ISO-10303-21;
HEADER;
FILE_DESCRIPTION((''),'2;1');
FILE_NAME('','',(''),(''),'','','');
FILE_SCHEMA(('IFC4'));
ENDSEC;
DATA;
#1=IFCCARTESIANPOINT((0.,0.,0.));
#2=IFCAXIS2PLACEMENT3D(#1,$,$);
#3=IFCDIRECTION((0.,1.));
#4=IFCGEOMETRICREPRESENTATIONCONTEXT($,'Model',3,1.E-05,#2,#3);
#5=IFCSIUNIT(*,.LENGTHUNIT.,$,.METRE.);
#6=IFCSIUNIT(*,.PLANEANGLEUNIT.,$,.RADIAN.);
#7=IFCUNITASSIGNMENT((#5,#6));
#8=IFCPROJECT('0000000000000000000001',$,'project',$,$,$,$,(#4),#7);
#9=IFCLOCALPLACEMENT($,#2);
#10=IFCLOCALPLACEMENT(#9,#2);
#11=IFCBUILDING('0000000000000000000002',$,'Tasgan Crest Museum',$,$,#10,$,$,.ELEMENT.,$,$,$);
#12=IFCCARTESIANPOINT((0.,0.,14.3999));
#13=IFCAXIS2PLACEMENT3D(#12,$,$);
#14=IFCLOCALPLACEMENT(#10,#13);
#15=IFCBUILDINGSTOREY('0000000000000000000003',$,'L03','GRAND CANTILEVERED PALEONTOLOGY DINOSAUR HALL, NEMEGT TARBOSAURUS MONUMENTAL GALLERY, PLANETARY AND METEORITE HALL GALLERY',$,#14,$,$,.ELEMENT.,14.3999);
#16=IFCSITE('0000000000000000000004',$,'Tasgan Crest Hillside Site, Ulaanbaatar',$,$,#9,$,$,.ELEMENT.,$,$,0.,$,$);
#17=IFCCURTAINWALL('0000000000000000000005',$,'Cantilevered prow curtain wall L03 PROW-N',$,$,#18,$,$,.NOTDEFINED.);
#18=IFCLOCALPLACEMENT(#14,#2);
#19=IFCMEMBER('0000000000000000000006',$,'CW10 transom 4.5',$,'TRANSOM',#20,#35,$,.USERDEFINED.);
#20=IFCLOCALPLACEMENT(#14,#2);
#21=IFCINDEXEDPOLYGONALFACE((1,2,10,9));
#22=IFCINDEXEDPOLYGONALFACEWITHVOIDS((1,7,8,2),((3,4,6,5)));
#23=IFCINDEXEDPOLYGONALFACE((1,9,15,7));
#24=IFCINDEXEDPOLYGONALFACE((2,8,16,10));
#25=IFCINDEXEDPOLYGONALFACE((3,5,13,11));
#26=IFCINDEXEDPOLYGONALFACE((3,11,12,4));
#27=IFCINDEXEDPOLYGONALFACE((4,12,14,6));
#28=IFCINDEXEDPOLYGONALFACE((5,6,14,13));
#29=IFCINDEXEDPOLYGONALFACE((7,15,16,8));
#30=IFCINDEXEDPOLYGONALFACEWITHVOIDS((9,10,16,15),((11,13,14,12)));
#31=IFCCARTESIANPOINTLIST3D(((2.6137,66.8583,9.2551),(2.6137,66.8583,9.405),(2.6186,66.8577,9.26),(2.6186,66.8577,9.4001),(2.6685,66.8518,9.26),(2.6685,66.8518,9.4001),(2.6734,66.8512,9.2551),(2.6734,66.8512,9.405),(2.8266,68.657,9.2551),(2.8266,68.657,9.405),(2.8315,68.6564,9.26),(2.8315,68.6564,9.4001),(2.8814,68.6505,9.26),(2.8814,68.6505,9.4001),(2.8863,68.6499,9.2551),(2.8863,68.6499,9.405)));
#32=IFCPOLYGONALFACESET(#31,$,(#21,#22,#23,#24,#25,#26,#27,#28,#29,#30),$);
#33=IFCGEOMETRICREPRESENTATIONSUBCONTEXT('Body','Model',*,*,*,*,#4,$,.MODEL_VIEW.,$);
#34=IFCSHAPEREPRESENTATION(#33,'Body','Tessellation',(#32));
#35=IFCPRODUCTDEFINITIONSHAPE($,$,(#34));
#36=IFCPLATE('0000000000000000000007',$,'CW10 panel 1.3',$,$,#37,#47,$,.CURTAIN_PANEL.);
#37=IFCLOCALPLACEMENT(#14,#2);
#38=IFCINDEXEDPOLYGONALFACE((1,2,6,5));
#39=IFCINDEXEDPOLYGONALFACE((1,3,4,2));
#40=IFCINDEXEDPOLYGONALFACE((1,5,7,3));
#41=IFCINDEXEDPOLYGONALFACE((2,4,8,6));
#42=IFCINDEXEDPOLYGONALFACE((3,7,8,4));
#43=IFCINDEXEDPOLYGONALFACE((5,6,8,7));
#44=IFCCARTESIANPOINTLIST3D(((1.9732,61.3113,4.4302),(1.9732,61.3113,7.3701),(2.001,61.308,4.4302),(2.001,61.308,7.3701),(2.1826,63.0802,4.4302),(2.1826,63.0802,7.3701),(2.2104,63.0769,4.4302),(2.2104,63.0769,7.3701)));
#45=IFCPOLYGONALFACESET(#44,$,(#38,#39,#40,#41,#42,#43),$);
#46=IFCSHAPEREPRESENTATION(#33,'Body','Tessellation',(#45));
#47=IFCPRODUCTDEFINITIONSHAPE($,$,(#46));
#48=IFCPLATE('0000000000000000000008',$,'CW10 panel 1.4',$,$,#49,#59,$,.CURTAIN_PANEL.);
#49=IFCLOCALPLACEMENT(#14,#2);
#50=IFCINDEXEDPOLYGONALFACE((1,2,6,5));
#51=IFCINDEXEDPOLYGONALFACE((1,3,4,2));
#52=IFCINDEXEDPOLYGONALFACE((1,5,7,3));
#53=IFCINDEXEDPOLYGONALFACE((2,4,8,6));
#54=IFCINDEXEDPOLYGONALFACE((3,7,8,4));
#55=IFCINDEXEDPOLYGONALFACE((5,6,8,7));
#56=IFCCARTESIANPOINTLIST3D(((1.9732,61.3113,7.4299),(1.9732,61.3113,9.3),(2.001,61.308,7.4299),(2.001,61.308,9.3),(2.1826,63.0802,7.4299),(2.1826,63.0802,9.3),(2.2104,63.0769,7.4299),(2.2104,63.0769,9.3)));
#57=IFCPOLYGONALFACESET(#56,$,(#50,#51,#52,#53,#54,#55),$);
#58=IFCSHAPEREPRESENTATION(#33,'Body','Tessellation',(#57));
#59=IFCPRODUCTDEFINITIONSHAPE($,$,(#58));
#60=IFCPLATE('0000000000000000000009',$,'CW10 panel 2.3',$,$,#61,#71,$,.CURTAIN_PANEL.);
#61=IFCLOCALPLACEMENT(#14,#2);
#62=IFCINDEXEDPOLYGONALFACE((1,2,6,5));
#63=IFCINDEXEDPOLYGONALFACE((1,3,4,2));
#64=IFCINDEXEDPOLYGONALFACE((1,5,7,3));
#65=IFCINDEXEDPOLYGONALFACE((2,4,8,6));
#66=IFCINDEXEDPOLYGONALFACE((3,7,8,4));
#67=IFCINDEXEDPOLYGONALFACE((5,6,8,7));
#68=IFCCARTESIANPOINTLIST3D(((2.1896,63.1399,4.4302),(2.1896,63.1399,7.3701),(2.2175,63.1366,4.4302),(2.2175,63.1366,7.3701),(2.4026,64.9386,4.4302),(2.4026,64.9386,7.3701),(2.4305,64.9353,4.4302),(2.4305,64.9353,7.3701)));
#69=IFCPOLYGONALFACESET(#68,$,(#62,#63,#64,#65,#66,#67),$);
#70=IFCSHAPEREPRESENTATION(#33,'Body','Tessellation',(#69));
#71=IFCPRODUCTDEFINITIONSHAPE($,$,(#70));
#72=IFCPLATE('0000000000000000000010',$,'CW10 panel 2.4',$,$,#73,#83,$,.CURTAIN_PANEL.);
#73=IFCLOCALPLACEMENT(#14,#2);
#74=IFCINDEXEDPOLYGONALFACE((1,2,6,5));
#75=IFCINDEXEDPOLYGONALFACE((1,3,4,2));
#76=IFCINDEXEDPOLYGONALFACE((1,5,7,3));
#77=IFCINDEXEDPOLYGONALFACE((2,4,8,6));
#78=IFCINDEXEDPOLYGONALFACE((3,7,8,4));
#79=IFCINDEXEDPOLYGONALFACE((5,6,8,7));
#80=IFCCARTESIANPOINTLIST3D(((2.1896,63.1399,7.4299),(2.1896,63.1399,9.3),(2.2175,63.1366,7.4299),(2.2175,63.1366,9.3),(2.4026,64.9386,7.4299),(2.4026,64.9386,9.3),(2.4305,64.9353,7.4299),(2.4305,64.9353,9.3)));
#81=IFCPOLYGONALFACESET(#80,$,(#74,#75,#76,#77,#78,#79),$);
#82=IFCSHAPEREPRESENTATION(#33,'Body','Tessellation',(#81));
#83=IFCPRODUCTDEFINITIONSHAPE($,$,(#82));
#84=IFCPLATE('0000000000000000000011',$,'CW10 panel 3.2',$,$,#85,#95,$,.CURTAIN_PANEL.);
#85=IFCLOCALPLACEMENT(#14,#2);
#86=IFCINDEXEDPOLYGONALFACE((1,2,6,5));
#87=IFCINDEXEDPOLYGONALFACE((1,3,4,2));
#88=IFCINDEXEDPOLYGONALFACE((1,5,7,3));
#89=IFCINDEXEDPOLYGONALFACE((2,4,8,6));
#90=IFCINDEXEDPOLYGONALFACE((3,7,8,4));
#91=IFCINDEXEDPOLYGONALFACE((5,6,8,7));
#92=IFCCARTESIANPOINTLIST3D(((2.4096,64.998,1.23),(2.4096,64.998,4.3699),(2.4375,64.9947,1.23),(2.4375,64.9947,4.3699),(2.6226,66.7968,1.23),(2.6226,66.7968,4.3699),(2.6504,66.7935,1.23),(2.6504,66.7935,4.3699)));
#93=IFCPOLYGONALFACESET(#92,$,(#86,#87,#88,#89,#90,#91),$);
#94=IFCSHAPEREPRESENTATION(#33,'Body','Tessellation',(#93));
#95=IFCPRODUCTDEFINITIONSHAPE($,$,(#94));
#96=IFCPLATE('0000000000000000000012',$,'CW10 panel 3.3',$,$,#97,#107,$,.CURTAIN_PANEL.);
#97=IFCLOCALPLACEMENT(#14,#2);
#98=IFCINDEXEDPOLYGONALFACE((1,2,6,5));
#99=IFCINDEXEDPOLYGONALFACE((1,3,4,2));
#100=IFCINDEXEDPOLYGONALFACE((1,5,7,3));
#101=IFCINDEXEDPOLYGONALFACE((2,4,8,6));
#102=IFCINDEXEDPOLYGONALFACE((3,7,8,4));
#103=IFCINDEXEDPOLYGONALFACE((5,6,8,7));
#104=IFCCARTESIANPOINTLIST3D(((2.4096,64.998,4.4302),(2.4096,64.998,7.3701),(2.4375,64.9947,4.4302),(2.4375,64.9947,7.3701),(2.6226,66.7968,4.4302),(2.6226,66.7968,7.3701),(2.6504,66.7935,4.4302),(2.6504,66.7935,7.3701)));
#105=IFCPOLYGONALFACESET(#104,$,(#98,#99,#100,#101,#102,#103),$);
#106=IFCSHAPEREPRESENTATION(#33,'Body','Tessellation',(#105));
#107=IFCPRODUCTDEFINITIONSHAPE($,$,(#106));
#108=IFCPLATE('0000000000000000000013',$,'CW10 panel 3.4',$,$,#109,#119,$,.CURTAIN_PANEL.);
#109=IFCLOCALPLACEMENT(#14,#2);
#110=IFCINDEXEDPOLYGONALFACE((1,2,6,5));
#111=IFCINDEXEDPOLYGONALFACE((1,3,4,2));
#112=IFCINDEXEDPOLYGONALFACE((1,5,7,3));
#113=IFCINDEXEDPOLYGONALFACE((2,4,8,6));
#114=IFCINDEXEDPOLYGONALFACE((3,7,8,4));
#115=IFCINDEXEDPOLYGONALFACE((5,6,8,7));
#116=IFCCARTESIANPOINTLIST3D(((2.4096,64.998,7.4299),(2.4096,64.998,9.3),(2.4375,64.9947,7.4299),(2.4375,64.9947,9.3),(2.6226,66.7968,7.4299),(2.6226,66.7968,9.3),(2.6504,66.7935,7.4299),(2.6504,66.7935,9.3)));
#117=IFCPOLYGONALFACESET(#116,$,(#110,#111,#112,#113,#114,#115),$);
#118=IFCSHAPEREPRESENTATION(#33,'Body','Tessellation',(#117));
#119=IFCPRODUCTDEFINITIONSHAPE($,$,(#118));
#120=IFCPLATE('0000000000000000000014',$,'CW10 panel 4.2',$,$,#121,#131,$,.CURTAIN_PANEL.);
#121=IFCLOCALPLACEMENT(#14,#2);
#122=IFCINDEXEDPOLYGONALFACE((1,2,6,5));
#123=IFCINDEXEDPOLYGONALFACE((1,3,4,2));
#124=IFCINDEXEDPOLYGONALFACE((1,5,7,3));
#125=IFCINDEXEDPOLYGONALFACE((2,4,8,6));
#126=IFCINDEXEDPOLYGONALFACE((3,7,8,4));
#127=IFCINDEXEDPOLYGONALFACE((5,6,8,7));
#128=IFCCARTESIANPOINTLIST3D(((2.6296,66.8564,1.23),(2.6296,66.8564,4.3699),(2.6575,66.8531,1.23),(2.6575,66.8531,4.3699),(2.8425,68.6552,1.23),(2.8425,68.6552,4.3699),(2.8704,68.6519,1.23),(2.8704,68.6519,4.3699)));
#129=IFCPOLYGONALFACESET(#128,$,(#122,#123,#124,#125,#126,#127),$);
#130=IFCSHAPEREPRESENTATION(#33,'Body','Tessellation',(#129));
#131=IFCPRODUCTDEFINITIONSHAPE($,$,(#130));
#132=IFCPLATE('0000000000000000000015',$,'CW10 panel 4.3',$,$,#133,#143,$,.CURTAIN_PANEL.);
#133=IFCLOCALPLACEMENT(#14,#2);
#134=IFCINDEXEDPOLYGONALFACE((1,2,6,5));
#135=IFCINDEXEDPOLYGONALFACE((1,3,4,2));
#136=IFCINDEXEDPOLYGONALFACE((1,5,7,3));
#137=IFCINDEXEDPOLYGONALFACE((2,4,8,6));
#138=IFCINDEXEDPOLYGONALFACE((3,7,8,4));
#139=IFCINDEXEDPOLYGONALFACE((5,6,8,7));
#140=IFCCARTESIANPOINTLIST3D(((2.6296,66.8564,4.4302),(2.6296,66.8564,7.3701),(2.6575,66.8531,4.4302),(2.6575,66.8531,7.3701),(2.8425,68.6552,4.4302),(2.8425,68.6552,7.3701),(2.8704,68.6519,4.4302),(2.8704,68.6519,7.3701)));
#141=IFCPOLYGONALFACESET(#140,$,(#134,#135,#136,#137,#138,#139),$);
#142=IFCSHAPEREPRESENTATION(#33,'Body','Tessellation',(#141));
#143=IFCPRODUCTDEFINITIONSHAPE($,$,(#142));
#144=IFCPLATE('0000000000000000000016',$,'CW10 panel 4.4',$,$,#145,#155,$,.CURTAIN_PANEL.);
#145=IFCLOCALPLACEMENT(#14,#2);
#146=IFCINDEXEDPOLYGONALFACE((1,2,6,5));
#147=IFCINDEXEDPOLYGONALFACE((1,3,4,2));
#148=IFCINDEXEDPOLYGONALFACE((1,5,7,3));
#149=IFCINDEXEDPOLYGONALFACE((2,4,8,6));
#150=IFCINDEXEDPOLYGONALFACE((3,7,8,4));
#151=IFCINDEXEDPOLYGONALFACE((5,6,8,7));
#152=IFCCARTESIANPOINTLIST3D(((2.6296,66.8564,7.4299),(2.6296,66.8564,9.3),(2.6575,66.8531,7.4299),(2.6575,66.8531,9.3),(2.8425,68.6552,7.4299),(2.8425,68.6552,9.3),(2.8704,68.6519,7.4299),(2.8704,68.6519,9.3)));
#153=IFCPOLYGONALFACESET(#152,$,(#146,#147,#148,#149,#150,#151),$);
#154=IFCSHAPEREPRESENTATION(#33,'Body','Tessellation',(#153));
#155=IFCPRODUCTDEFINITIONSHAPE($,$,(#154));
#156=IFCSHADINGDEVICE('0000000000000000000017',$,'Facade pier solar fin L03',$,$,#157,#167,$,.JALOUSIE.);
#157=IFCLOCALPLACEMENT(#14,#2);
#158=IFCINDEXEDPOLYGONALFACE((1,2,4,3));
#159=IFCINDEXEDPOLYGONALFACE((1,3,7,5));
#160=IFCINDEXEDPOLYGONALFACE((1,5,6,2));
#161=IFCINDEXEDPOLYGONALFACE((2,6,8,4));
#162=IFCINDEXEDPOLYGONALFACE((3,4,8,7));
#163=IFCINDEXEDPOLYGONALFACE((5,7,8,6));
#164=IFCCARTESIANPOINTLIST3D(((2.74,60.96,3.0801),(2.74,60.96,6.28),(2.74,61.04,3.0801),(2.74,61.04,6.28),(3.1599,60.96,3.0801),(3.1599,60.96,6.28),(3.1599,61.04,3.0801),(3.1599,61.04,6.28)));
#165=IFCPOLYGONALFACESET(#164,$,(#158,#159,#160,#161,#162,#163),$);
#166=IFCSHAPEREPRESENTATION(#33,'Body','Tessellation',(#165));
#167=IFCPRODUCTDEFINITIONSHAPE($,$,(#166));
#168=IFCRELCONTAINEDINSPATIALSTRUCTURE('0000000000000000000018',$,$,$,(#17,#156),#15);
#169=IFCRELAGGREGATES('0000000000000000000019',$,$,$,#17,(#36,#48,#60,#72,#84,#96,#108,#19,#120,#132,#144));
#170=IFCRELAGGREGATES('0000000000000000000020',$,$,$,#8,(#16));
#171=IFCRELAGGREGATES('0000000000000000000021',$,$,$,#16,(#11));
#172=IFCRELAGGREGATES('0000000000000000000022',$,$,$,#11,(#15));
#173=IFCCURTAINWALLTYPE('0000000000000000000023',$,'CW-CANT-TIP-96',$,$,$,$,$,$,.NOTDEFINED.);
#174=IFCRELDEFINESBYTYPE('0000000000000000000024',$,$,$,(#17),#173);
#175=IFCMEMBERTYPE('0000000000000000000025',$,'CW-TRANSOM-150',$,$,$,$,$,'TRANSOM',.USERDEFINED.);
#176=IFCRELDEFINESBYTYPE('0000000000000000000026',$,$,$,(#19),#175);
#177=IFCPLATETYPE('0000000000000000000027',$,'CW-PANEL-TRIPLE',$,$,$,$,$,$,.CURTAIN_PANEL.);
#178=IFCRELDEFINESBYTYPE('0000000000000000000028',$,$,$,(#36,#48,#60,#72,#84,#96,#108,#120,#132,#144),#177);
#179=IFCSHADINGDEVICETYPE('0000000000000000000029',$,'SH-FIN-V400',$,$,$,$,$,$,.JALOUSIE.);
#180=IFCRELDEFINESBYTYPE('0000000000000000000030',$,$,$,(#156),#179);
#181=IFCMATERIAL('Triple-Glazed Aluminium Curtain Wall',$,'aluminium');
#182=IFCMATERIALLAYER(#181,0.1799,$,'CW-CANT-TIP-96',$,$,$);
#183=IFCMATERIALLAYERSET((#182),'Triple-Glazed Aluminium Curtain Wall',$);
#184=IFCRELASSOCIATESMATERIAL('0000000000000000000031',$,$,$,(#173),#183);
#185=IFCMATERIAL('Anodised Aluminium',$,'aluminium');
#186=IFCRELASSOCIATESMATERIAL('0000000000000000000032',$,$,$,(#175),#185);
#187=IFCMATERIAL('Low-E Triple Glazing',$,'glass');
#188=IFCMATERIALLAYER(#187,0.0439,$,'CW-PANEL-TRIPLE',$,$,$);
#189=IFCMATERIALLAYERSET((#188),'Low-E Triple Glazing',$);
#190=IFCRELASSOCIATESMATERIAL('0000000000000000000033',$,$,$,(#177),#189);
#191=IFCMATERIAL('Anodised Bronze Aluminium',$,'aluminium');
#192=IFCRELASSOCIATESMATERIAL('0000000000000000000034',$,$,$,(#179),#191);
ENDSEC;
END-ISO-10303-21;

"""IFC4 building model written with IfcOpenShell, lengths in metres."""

from ifc_helpers import new_model, si_unit, direction, frame, origin, origin_2d, place, context, subcontext, project, spatial, rectangle, hollow_rectangle, extrude, material, layer, layer_set, material_profile, profile_set, type_object, element, aggregate, save


model = new_model("IFC4")

# Units and contexts
model_context = context("Model", 3, precision=1e-05, world=origin(), true_north=direction((0.0, 1.0)))
body_context = subcontext(model_context, "Body", "Model", "MODEL_VIEW")
ifc_project = project(units=[si_unit("LENGTHUNIT", "METRE"), si_unit("PLANEANGLEUNIT", "RADIAN")], contexts=[model_context])

# Site, building, storey
site_placement = place(None, origin())
site = spatial("IfcSite", under=ifc_project, at=site_placement, Name="Tasgan Crest Hillside Site, Ulaanbaatar", CompositionType="ELEMENT", RefElevation=0.0)
building_placement = place(site_placement, origin())
building = spatial("IfcBuilding", under=site, at=building_placement, Name="Tasgan Crest Museum", CompositionType="ELEMENT")
storey_placement = place(building_placement, frame((0.0, 0.0, 14.3999)))
storey = spatial("IfcBuildingStorey", under=building, at=storey_placement, Name="L03", Description="GRAND CANTILEVERED PALEONTOLOGY DINOSAUR HALL, NEMEGT TARBOSAURUS MONUMENTAL GALLERY, PLANETARY AND METEORITE HALL GALLERY", CompositionType="ELEMENT", Elevation=14.3999)

# Curtain wall, member, plates
ifc_material_1 = material(Name="Triple-Glazed Aluminium Curtain Wall", Category="aluminium")
ifc_layer_1 = layer(ifc_material_1, 0.1799, Name="CW-CANT-TIP-96")
ifc_layer_set_1 = layer_set([ifc_layer_1], Name="Triple-Glazed Aluminium Curtain Wall")
curtain_wall_type = type_object("IfcCurtainWallType", Name="CW-CANT-TIP-96", PredefinedType="NOTDEFINED", material=ifc_layer_set_1)
curtain_wall_placement = place(storey_placement, origin())
curtain_wall = element("IfcCurtainWall", 1, at=curtain_wall_placement, inside=storey, type_object=curtain_wall_type, Name="Cantilevered prow curtain wall L03 PROW-N", PredefinedType="NOTDEFINED")
ifc_material_2 = material(Name="Anodised Aluminium", Category="aluminium")
ifc_material_profile = material_profile(ifc_material_2, hollow_rectangle(XDim=0.0601, YDim=0.1499, WallThickness=0.0049, at=origin_2d()), Name="ALU TRANSOM 150x60x5")
ifc_profile_set = profile_set([ifc_material_profile], Name="Anodised Aluminium")
member_type = type_object("IfcMemberType", Name="CW-TRANSOM-150", ElementType="TRANSOM", PredefinedType="USERDEFINED", material=ifc_profile_set)
member_1_placement = place(storey_placement, frame((2.6436, 66.8547, 9.3301), z_axis=(0.117529, 0.993069, 0.0), x_axis=(-0.993069, 0.117529, 0.0)))
member_1 = element("IfcMember", 2, at=member_1_placement, type_object=member_type, Name="CW10 transom 4.5", ObjectType="TRANSOM", PredefinedType="USERDEFINED", context=body_context, shape_type="SweptSolid", body=[
    extrude(hollow_rectangle(XDim=0.0601, YDim=0.1499, WallThickness=0.0049, at=origin_2d()), origin(), (0.0, 0.0, 1.0), 1.8113),
])
ifc_material_3 = material(Name="Low-E Triple Glazing", Category="glass")
ifc_layer_2 = layer(ifc_material_3, 0.0439, Name="CW-PANEL-TRIPLE")
ifc_layer_set_2 = layer_set([ifc_layer_2], Name="Low-E Triple Glazing")
plate_type = type_object("IfcPlateType", Name="CW-PANEL-TRIPLE", PredefinedType="CURTAIN_PANEL", material=ifc_layer_set_2)
plate_1_placement = place(storey_placement, frame((2.0918, 62.1941, 4.4302), z_axis=(0.0, 0.0, 1.0), x_axis=(0.117565, 0.993065, 0.0)))
plate_1 = element("IfcPlate", 3, at=plate_1_placement, type_object=plate_type, Name="CW10 panel 1.3", PredefinedType="CURTAIN_PANEL", context=body_context, shape_type="SweptSolid", body=[
    extrude(rectangle(XDim=1.7812, YDim=0.0281, at=origin_2d()), origin(), (0.0, 0.0, 1.0), 2.9399),
])
plate_2_placement = place(storey_placement, frame((2.0918, 62.1941, 7.4299), z_axis=(0.0, 0.0, 1.0), x_axis=(0.117565, 0.993065, 0.0)))
plate_2 = element("IfcPlate", 4, at=plate_2_placement, type_object=plate_type, Name="CW10 panel 1.4", PredefinedType="CURTAIN_PANEL", context=body_context, shape_type="SweptSolid", body=[
    extrude(rectangle(XDim=1.7812, YDim=0.0281, at=origin_2d()), origin(), (0.0, 0.0, 1.0), 1.8701),
])
plate_3_placement = place(storey_placement, frame((2.3101, 64.0376, 4.4302), z_axis=(0.0, 0.0, 1.0), x_axis=(0.117565, 0.993065, 0.0)))
plate_3 = element("IfcPlate", 5, at=plate_3_placement, type_object=plate_type, Name="CW10 panel 2.3", PredefinedType="CURTAIN_PANEL", context=body_context, shape_type="SweptSolid", body=[
    extrude(rectangle(XDim=1.8113, YDim=0.0281, at=origin_2d()), origin(), (0.0, 0.0, 1.0), 2.9399),
])
plate_4_placement = place(storey_placement, frame((2.3101, 64.0376, 7.4299), z_axis=(0.0, 0.0, 1.0), x_axis=(0.117565, 0.993065, 0.0)))
plate_4 = element("IfcPlate", 6, at=plate_4_placement, type_object=plate_type, Name="CW10 panel 2.4", PredefinedType="CURTAIN_PANEL", context=body_context, shape_type="SweptSolid", body=[
    extrude(rectangle(XDim=1.8113, YDim=0.0281, at=origin_2d()), origin(), (0.0, 0.0, 1.0), 1.8701),
])
plate_5_placement = place(storey_placement, frame((2.53, 65.8958, 1.23), z_axis=(0.0, 0.0, 1.0), x_axis=(0.117565, 0.993065, 0.0)))
plate_5 = element("IfcPlate", 7, at=plate_5_placement, type_object=plate_type, Name="CW10 panel 3.2", PredefinedType="CURTAIN_PANEL", context=body_context, shape_type="SweptSolid", body=[
    extrude(rectangle(XDim=1.8113, YDim=0.0281, at=origin_2d()), origin(), (0.0, 0.0, 1.0), 3.1399),
])
plate_6_placement = place(storey_placement, frame((2.53, 65.8958, 4.4302), z_axis=(0.0, 0.0, 1.0), x_axis=(0.117565, 0.993065, 0.0)))
plate_6 = element("IfcPlate", 8, at=plate_6_placement, type_object=plate_type, Name="CW10 panel 3.3", PredefinedType="CURTAIN_PANEL", context=body_context, shape_type="SweptSolid", body=[
    extrude(rectangle(XDim=1.8113, YDim=0.0281, at=origin_2d()), origin(), (0.0, 0.0, 1.0), 2.9399),
])
plate_7_placement = place(storey_placement, frame((2.53, 65.8958, 7.4299), z_axis=(0.0, 0.0, 1.0), x_axis=(0.117565, 0.993065, 0.0)))
plate_7 = element("IfcPlate", 9, at=plate_7_placement, type_object=plate_type, Name="CW10 panel 3.4", PredefinedType="CURTAIN_PANEL", context=body_context, shape_type="SweptSolid", body=[
    extrude(rectangle(XDim=1.8113, YDim=0.0281, at=origin_2d()), origin(), (0.0, 0.0, 1.0), 1.8701),
])
plate_8_placement = place(storey_placement, frame((2.75, 67.7542, 1.23), z_axis=(0.0, 0.0, 1.0), x_axis=(0.117565, 0.993065, 0.0)))
plate_8 = element("IfcPlate", 10, at=plate_8_placement, type_object=plate_type, Name="CW10 panel 4.2", PredefinedType="CURTAIN_PANEL", context=body_context, shape_type="SweptSolid", body=[
    extrude(rectangle(XDim=1.8113, YDim=0.0281, at=origin_2d()), origin(), (0.0, 0.0, 1.0), 3.1399),
])
plate_9_placement = place(storey_placement, frame((2.75, 67.7542, 4.4302), z_axis=(0.0, 0.0, 1.0), x_axis=(0.117565, 0.993065, 0.0)))
plate_9 = element("IfcPlate", 11, at=plate_9_placement, type_object=plate_type, Name="CW10 panel 4.3", PredefinedType="CURTAIN_PANEL", context=body_context, shape_type="SweptSolid", body=[
    extrude(rectangle(XDim=1.8113, YDim=0.0281, at=origin_2d()), origin(), (0.0, 0.0, 1.0), 2.9399),
])
plate_10_placement = place(storey_placement, frame((2.75, 67.7542, 7.4299), z_axis=(0.0, 0.0, 1.0), x_axis=(0.117565, 0.993065, 0.0)))
plate_10 = element("IfcPlate", 12, at=plate_10_placement, type_object=plate_type, Name="CW10 panel 4.4", PredefinedType="CURTAIN_PANEL", context=body_context, shape_type="SweptSolid", body=[
    extrude(rectangle(XDim=1.8113, YDim=0.0281, at=origin_2d()), origin(), (0.0, 0.0, 1.0), 1.8701),
])
aggregate(curtain_wall, [plate_1, plate_2, plate_3, plate_4, plate_5, plate_6, plate_7, member_1, plate_8, plate_9, plate_10])

# Shading device
ifc_material_4 = material(Name="Anodised Bronze Aluminium", Category="aluminium")
shading_device_type = type_object("IfcShadingDeviceType", Name="SH-FIN-V400", PredefinedType="JALOUSIE", material=ifc_material_4)
shading_device_placement = place(storey_placement, frame((2.95, 61.0, 3.0801), z_axis=(0.0, 0.0, 1.0), x_axis=(0.0, -1.0, 0.0)))
element("IfcShadingDevice", 13, at=shading_device_placement, inside=storey, type_object=shading_device_type, Name="Facade pier solar fin L03", PredefinedType="JALOUSIE", context=body_context, shape_type="SweptSolid", body=[
    extrude(rectangle(XDim=0.0801, YDim=0.4199, at=origin_2d()), origin(), (0.0, 0.0, 1.0), 3.2),
])

save(model, "model.ifc")
